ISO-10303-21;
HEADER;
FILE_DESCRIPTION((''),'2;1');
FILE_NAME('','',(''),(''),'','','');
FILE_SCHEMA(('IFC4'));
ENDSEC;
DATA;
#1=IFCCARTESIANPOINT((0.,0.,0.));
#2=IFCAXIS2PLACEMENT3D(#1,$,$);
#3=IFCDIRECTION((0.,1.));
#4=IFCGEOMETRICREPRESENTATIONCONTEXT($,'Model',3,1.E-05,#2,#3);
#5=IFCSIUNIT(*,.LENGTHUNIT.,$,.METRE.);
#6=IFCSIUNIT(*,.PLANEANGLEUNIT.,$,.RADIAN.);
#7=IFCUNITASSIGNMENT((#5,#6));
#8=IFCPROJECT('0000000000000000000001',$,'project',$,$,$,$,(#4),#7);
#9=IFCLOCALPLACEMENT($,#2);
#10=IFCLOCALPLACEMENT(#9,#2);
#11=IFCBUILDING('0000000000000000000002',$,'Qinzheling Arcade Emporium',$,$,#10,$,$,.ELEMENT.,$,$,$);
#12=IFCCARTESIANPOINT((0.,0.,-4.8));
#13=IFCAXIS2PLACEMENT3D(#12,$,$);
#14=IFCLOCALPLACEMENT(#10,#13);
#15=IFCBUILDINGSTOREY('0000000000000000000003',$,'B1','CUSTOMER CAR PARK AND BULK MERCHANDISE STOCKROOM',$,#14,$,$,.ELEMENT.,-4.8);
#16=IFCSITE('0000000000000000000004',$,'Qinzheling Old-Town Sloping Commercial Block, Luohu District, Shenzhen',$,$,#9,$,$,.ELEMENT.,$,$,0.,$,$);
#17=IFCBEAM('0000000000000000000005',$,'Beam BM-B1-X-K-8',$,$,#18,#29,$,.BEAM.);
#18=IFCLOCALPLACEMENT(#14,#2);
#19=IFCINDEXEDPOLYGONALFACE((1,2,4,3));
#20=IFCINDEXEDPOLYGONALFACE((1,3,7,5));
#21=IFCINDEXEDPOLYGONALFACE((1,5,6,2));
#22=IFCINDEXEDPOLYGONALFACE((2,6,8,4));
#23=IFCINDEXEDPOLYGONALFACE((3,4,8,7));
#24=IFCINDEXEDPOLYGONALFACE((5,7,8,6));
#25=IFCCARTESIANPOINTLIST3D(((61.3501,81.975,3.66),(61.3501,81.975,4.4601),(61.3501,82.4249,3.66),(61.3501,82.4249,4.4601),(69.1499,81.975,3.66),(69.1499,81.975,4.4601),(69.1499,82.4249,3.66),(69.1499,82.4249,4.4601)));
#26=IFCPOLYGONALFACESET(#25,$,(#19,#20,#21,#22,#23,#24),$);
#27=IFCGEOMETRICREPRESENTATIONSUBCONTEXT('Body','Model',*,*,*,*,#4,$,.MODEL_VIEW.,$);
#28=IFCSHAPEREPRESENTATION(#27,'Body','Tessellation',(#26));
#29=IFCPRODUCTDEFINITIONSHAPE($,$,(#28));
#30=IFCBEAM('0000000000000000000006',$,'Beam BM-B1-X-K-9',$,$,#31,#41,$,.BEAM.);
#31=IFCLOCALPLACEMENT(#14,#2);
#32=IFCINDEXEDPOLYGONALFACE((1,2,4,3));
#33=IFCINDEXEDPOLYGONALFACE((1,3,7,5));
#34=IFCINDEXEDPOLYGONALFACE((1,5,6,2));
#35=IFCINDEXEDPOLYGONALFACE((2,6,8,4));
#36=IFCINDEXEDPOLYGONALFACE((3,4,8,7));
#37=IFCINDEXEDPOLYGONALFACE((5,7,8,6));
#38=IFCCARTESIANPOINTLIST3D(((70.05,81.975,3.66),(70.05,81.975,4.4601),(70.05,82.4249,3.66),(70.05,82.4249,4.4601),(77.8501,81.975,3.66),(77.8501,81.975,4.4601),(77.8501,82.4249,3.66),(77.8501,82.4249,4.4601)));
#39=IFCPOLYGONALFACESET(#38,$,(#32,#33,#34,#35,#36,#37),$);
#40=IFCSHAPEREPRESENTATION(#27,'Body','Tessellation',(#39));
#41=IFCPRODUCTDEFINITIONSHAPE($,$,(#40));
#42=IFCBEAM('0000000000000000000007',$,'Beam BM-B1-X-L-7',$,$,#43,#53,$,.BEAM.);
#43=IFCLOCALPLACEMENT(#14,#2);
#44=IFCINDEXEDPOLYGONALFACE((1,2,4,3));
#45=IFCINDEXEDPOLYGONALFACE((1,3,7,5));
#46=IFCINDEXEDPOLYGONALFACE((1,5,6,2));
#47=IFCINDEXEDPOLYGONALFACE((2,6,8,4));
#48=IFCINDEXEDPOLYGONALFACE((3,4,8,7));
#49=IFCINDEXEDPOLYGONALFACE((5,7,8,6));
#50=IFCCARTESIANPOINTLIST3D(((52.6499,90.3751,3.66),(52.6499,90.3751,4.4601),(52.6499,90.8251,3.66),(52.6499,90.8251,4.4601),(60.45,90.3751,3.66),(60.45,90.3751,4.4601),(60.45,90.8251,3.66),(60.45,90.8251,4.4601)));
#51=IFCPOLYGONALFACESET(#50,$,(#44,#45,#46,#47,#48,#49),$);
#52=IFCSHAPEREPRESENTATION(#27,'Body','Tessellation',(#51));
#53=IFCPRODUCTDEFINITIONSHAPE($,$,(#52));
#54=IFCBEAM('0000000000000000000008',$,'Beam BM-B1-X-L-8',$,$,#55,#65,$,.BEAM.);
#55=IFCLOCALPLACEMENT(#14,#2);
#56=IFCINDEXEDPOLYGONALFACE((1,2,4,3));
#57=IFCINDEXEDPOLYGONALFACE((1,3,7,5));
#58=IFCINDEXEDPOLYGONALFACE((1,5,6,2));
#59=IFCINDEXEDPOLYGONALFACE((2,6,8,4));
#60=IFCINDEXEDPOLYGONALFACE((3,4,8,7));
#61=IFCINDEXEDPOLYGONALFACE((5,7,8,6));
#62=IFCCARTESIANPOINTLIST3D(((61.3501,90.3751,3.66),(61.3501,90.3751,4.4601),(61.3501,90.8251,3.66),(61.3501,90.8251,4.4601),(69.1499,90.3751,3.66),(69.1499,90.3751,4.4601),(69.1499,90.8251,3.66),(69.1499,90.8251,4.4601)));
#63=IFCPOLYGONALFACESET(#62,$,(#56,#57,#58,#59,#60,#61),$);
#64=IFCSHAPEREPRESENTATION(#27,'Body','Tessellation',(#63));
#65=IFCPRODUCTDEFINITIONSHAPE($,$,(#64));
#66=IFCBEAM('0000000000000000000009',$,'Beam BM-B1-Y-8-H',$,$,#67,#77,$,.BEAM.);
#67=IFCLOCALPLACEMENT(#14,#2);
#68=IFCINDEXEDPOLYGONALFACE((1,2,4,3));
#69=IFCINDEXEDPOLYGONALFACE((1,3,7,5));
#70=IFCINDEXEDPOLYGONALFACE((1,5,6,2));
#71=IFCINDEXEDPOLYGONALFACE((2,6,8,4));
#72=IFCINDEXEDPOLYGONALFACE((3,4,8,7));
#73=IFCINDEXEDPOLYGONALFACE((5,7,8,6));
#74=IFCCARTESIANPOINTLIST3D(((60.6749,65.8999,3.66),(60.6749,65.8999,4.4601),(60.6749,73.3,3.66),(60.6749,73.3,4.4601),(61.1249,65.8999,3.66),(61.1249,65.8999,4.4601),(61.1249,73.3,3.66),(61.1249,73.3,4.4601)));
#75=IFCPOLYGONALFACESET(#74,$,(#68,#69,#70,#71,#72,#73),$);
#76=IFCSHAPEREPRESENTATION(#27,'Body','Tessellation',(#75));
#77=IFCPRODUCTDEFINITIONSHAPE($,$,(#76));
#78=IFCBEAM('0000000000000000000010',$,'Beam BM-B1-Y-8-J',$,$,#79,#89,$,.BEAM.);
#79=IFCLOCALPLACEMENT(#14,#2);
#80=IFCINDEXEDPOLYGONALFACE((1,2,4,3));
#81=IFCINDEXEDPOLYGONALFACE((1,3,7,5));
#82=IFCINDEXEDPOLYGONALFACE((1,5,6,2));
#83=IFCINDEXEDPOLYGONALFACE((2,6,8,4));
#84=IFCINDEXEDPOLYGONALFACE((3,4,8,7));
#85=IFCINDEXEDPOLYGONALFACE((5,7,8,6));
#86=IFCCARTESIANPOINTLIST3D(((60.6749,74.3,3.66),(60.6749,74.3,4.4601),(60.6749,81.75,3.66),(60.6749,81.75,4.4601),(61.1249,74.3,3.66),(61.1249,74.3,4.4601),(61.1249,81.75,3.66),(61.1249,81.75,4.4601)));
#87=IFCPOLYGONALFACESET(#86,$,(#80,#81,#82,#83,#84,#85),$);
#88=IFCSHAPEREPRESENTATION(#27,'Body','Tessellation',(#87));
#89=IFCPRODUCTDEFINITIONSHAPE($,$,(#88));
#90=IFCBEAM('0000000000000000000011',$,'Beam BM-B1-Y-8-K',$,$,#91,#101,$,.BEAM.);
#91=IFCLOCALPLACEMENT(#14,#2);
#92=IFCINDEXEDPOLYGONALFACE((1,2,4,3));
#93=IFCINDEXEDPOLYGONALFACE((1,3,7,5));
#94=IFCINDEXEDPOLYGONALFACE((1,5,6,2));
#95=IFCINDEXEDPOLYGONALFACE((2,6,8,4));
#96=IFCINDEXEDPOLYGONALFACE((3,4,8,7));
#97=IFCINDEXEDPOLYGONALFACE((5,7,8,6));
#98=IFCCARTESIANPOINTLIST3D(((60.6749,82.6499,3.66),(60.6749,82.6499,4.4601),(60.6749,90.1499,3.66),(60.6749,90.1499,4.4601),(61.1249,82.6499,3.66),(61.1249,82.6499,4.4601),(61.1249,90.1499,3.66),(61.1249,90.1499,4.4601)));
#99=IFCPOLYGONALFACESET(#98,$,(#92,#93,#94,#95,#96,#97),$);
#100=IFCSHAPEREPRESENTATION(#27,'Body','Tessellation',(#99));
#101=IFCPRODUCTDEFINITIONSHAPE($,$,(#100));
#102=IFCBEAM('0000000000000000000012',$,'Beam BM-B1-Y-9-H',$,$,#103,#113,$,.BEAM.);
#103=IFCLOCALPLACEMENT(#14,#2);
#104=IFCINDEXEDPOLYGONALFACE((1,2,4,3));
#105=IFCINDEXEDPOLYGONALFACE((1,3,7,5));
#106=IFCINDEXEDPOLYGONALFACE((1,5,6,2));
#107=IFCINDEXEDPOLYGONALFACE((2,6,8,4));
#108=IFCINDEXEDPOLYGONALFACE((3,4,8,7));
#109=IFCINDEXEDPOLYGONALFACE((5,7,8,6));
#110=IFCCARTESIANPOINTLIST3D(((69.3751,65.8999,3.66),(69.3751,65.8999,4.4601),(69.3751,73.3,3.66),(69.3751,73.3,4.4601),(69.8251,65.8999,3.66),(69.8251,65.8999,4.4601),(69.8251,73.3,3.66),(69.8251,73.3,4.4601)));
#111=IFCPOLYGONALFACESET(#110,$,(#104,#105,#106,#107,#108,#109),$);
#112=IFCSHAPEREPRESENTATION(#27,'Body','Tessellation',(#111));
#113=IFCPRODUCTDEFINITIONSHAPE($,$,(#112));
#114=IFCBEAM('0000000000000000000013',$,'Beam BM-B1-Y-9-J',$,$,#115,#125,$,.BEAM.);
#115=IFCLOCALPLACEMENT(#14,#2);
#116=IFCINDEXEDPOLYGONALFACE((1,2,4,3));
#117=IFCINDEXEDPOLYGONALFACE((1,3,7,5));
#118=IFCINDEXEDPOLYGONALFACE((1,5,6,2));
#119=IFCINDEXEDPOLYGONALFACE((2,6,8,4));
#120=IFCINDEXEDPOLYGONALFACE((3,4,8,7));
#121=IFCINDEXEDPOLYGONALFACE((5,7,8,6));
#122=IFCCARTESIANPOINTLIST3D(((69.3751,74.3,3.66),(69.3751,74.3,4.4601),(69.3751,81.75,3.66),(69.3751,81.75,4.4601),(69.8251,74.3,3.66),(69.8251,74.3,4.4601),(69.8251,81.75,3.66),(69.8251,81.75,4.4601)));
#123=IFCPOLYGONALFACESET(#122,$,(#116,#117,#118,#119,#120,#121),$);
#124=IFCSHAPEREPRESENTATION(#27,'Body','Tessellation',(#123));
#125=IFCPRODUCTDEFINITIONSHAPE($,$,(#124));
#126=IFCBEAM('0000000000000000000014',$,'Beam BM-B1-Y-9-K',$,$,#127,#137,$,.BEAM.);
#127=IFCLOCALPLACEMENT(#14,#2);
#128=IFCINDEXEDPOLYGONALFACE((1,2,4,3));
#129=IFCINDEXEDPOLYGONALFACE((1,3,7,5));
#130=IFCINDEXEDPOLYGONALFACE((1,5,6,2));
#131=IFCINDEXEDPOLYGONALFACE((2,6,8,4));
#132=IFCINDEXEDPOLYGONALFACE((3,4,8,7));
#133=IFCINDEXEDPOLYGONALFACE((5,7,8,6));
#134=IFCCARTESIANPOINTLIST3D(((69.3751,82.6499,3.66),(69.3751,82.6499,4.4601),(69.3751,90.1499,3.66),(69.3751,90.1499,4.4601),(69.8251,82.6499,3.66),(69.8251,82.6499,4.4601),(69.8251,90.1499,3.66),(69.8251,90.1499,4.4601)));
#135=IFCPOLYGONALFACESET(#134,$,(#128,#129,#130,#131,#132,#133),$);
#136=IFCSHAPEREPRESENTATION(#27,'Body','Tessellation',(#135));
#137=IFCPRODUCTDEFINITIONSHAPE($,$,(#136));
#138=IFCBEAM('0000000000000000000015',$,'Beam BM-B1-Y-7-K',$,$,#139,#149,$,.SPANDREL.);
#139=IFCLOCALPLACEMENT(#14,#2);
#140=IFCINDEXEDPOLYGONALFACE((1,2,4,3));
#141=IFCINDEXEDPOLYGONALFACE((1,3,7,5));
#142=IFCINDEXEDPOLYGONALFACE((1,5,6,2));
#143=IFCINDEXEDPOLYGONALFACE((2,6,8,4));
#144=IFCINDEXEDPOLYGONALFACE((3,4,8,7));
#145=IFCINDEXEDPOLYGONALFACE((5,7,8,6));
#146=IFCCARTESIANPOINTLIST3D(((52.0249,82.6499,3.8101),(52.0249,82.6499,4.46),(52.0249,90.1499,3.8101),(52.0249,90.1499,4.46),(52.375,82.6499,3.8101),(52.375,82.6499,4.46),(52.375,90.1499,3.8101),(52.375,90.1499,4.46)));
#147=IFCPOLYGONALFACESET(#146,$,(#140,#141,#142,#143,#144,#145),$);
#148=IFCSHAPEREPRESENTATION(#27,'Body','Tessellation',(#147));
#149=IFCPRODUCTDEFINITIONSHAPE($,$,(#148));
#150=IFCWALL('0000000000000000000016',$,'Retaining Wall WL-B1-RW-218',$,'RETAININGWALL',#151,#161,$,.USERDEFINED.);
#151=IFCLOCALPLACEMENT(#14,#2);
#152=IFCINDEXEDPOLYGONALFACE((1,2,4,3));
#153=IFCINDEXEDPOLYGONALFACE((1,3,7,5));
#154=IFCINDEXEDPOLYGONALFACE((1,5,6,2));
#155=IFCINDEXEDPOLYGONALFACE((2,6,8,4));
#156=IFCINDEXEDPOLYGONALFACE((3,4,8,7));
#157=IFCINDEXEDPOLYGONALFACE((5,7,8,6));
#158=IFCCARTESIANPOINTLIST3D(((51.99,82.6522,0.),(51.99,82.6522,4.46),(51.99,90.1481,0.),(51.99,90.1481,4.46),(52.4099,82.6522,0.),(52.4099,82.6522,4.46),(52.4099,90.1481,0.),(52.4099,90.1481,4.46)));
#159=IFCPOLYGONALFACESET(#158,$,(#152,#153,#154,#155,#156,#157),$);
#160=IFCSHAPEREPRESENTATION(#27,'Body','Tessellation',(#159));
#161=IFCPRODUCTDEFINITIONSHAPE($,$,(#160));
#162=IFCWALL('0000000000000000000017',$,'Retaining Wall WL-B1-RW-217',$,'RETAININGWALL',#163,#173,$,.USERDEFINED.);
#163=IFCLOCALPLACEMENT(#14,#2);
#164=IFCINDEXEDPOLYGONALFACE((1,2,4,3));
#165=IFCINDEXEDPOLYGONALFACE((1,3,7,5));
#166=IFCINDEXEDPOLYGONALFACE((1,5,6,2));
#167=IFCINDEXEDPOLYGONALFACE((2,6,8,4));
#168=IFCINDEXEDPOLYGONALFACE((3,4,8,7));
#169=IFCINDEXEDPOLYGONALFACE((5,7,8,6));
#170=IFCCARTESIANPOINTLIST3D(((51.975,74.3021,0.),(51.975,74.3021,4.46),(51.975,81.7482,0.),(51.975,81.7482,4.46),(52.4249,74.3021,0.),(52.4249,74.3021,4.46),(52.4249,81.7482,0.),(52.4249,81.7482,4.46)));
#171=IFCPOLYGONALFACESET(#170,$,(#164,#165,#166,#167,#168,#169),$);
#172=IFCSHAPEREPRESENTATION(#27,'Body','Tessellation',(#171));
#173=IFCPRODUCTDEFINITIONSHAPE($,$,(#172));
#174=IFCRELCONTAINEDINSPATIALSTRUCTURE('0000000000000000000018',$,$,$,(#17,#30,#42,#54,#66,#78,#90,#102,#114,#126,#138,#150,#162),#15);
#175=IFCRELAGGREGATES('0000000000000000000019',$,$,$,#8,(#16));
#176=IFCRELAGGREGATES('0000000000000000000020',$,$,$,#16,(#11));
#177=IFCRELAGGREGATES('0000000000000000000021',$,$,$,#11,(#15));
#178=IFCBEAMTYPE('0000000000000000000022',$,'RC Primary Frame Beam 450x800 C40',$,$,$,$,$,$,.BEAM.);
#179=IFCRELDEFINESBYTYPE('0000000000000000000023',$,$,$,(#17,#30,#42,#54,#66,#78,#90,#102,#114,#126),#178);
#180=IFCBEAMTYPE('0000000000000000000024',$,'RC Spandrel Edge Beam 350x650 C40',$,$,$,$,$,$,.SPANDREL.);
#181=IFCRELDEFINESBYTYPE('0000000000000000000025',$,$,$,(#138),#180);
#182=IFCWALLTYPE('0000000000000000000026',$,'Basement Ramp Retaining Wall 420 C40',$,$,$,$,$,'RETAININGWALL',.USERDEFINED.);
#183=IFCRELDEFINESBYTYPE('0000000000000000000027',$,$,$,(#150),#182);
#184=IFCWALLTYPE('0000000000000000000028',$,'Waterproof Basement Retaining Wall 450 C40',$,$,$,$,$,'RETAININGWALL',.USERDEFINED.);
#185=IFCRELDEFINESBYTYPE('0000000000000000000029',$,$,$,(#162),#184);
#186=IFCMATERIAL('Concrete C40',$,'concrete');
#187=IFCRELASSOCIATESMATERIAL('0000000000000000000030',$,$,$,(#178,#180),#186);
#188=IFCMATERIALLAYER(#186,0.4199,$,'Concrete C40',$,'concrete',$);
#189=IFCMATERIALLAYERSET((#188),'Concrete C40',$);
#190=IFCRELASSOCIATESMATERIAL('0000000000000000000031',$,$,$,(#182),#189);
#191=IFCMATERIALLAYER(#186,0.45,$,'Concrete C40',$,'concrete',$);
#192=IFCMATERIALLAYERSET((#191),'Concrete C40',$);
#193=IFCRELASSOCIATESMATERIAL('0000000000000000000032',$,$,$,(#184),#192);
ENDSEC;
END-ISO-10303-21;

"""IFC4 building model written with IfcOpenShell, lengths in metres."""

from ifc_helpers import new_model, si_unit, direction, frame, frame_2d, origin, origin_2d, place, context, subcontext, project, spatial, rectangle, extrude, material, layer, layer_set, material_profile, profile_set, type_object, element, save


model = new_model("IFC4")

# Units and contexts
model_context = context("Model", 3, precision=1e-05, world=origin(), true_north=direction((0.0, 1.0)))
body_context = subcontext(model_context, "Body", "Model", "MODEL_VIEW")
ifc_project = project(units=[si_unit("LENGTHUNIT", "METRE"), si_unit("PLANEANGLEUNIT", "RADIAN")], contexts=[model_context])

# Site, building, storey
site_placement = place(None, origin())
site = spatial("IfcSite", under=ifc_project, at=site_placement, Name="Qinzheling Old-Town Sloping Commercial Block, Luohu District, Shenzhen", CompositionType="ELEMENT", RefElevation=0.0)
building_placement = place(site_placement, origin())
building = spatial("IfcBuilding", under=site, at=building_placement, Name="Qinzheling Arcade Emporium", CompositionType="ELEMENT")
storey_placement = place(building_placement, frame((0.0, 0.0, -4.8)))
storey = spatial("IfcBuildingStorey", under=building, at=storey_placement, Name="B1", Description="CUSTOMER CAR PARK AND BULK MERCHANDISE STOCKROOM", CompositionType="ELEMENT", Elevation=-4.8)

# Beams
ifc_material_1 = material(Name="Concrete C40", Category="concrete")
ifc_material_profile_1 = material_profile(ifc_material_1, rectangle(XDim=0.45, YDim=0.8, at=origin_2d()), Name="RC 450x800", Category="concrete")
ifc_profile_set_1 = profile_set([ifc_material_profile_1], Name="Concrete C40")
beam_type_1 = type_object("IfcBeamType", Name="RC Primary Frame Beam 450x800 C40", PredefinedType="BEAM", material=ifc_profile_set_1)
beam_1_placement = place(storey_placement, frame((61.3501, 82.2, 4.0601), z_axis=(1.0, 0.0, 0.0), x_axis=(0.0, 1.0, 0.0)))
element("IfcBeam", 1, at=beam_1_placement, inside=storey, type_object=beam_type_1, Name="Beam BM-B1-X-K-8", PredefinedType="BEAM", context=body_context, shape_type="SweptSolid", body=[
    extrude(rectangle(XDim=0.45, YDim=0.8, at=origin_2d()), origin(), (0.0, 0.0, 1.0), 7.7998),
])
for number, where, z_axis, x_axis, name in (
    (2, (70.05, 82.2, 4.0601), (1.0, 0.0, 0.0), (0.0, 1.0, 0.0), "Beam BM-B1-X-K-9"),
    (3, (52.6499, 90.6001, 4.0601), (1.0, 0.0, 0.0), (0.0, 1.0, 0.0), "Beam BM-B1-X-L-7"),
):
    element("IfcBeam", number, at=place(storey_placement, frame(where, z_axis=z_axis, x_axis=x_axis)), inside=storey, type_object=beam_type_1, Name=name, PredefinedType="BEAM", context=body_context, shape_type="SweptSolid", body=[
        extrude(rectangle(XDim=0.45, YDim=0.8, at=origin_2d()), origin(), (0.0, 0.0, 1.0), 7.8),
    ])
beam_2_placement = place(storey_placement, frame((61.3501, 90.6001, 4.0601), z_axis=(1.0, 0.0, 0.0), x_axis=(0.0, 1.0, 0.0)))
element("IfcBeam", 4, at=beam_2_placement, inside=storey, type_object=beam_type_1, Name="Beam BM-B1-X-L-8", PredefinedType="BEAM", context=body_context, shape_type="SweptSolid", body=[
    extrude(rectangle(XDim=0.45, YDim=0.8, at=origin_2d()), origin(), (0.0, 0.0, 1.0), 7.7998),
])
beam_3_placement = place(storey_placement, frame((60.8999, 65.8999, 4.0601), z_axis=(0.0, 1.0, 0.0), x_axis=(-1.0, 0.0, 0.0)))
element("IfcBeam", 5, at=beam_3_placement, inside=storey, type_object=beam_type_1, Name="Beam BM-B1-Y-8-H", PredefinedType="BEAM", context=body_context, shape_type="SweptSolid", body=[
    extrude(rectangle(XDim=0.45, YDim=0.8, at=origin_2d()), origin(), (0.0, 0.0, 1.0), 7.4001),
])
beam_4_placement = place(storey_placement, frame((60.8999, 74.3, 4.0601), z_axis=(0.0, 1.0, 0.0), x_axis=(-1.0, 0.0, 0.0)))
element("IfcBeam", 6, at=beam_4_placement, inside=storey, type_object=beam_type_1, Name="Beam BM-B1-Y-8-J", PredefinedType="BEAM", context=body_context, shape_type="SweptSolid", body=[
    extrude(rectangle(XDim=0.45, YDim=0.8, at=origin_2d()), origin(), (0.0, 0.0, 1.0), 7.45),
])
beam_5_placement = place(storey_placement, frame((60.8999, 82.6499, 4.0601), z_axis=(0.0, 1.0, 0.0), x_axis=(-1.0, 0.0, 0.0)))
element("IfcBeam", 7, at=beam_5_placement, inside=storey, type_object=beam_type_1, Name="Beam BM-B1-Y-8-K", PredefinedType="BEAM", context=body_context, shape_type="SweptSolid", body=[
    extrude(rectangle(XDim=0.45, YDim=0.8, at=origin_2d()), origin(), (0.0, 0.0, 1.0), 7.5),
])
beam_6_placement = place(storey_placement, frame((69.6001, 65.8999, 4.0601), z_axis=(0.0, 1.0, 0.0), x_axis=(-1.0, 0.0, 0.0)))
element("IfcBeam", 8, at=beam_6_placement, inside=storey, type_object=beam_type_1, Name="Beam BM-B1-Y-9-H", PredefinedType="BEAM", context=body_context, shape_type="SweptSolid", body=[
    extrude(rectangle(XDim=0.45, YDim=0.8, at=origin_2d()), origin(), (0.0, 0.0, 1.0), 7.4001),
])
beam_7_placement = place(storey_placement, frame((69.6001, 74.3, 4.0601), z_axis=(0.0, 1.0, 0.0), x_axis=(-1.0, 0.0, 0.0)))
element("IfcBeam", 9, at=beam_7_placement, inside=storey, type_object=beam_type_1, Name="Beam BM-B1-Y-9-J", PredefinedType="BEAM", context=body_context, shape_type="SweptSolid", body=[
    extrude(rectangle(XDim=0.45, YDim=0.8, at=origin_2d()), origin(), (0.0, 0.0, 1.0), 7.45),
])
beam_8_placement = place(storey_placement, frame((69.6001, 82.6499, 4.0601), z_axis=(0.0, 1.0, 0.0), x_axis=(-1.0, 0.0, 0.0)))
element("IfcBeam", 10, at=beam_8_placement, inside=storey, type_object=beam_type_1, Name="Beam BM-B1-Y-9-K", PredefinedType="BEAM", context=body_context, shape_type="SweptSolid", body=[
    extrude(rectangle(XDim=0.45, YDim=0.8, at=origin_2d()), origin(), (0.0, 0.0, 1.0), 7.5),
])
ifc_material_profile_2 = material_profile(ifc_material_1, rectangle(XDim=0.3501, YDim=0.6499, at=origin_2d()), Name="RC 350x650", Category="concrete")
ifc_profile_set_2 = profile_set([ifc_material_profile_2], Name="Concrete C40")
beam_type_2 = type_object("IfcBeamType", Name="RC Spandrel Edge Beam 350x650 C40", PredefinedType="SPANDREL", material=ifc_profile_set_2)
beam_9_placement = place(storey_placement, frame((52.2, 82.6499, 4.135), z_axis=(0.0, 1.0, 0.0), x_axis=(-1.0, 0.0, 0.0)))
element("IfcBeam", 11, at=beam_9_placement, inside=storey, type_object=beam_type_2, Name="Beam BM-B1-Y-7-K", PredefinedType="SPANDREL", context=body_context, shape_type="SweptSolid", body=[
    extrude(rectangle(XDim=0.3501, YDim=0.6499, at=origin_2d()), origin(), (0.0, 0.0, 1.0), 7.5),
])

# Walls
ifc_layer_1 = layer(ifc_material_1, 0.4199, Name="Concrete C40", Category="concrete")
ifc_layer_set_1 = layer_set([ifc_layer_1], Name="Concrete C40")
wall_type_1 = type_object("IfcWallType", Name="Basement Ramp Retaining Wall 420 C40", ElementType="RETAININGWALL", PredefinedType="USERDEFINED", material=ifc_layer_set_1)
wall_1_placement = place(storey_placement, frame((52.2, 82.6521, 0.0), z_axis=(0.0, 0.0, 1.0), x_axis=(0.0, 1.0, 0.0)))
element("IfcWall", 12, at=wall_1_placement, inside=storey, type_object=wall_type_1, Name="Retaining Wall WL-B1-RW-218", ObjectType="RETAININGWALL", PredefinedType="USERDEFINED", context=body_context, shape_type="SweptSolid", body=[
    extrude(rectangle(XDim=7.4958, YDim=0.4199, at=frame_2d((3.748, 0.0))), origin(), (0.0, 0.0, 1.0), 4.46),
])
ifc_layer_2 = layer(ifc_material_1, 0.45, Name="Concrete C40", Category="concrete")
ifc_layer_set_2 = layer_set([ifc_layer_2], Name="Concrete C40")
wall_type_2 = type_object("IfcWallType", Name="Waterproof Basement Retaining Wall 450 C40", ElementType="RETAININGWALL", PredefinedType="USERDEFINED", material=ifc_layer_set_2)
wall_2_placement = place(storey_placement, frame((52.2, 74.302, 0.0), z_axis=(0.0, 0.0, 1.0), x_axis=(0.0, 1.0, 0.0)))
element("IfcWall", 13, at=wall_2_placement, inside=storey, type_object=wall_type_2, Name="Retaining Wall WL-B1-RW-217", ObjectType="RETAININGWALL", PredefinedType="USERDEFINED", context=body_context, shape_type="SweptSolid", body=[
    extrude(rectangle(XDim=7.446, YDim=0.45, at=frame_2d((3.7231, 0.0))), origin(), (0.0, 0.0, 1.0), 4.46),
])

save(model, "model.ifc")
